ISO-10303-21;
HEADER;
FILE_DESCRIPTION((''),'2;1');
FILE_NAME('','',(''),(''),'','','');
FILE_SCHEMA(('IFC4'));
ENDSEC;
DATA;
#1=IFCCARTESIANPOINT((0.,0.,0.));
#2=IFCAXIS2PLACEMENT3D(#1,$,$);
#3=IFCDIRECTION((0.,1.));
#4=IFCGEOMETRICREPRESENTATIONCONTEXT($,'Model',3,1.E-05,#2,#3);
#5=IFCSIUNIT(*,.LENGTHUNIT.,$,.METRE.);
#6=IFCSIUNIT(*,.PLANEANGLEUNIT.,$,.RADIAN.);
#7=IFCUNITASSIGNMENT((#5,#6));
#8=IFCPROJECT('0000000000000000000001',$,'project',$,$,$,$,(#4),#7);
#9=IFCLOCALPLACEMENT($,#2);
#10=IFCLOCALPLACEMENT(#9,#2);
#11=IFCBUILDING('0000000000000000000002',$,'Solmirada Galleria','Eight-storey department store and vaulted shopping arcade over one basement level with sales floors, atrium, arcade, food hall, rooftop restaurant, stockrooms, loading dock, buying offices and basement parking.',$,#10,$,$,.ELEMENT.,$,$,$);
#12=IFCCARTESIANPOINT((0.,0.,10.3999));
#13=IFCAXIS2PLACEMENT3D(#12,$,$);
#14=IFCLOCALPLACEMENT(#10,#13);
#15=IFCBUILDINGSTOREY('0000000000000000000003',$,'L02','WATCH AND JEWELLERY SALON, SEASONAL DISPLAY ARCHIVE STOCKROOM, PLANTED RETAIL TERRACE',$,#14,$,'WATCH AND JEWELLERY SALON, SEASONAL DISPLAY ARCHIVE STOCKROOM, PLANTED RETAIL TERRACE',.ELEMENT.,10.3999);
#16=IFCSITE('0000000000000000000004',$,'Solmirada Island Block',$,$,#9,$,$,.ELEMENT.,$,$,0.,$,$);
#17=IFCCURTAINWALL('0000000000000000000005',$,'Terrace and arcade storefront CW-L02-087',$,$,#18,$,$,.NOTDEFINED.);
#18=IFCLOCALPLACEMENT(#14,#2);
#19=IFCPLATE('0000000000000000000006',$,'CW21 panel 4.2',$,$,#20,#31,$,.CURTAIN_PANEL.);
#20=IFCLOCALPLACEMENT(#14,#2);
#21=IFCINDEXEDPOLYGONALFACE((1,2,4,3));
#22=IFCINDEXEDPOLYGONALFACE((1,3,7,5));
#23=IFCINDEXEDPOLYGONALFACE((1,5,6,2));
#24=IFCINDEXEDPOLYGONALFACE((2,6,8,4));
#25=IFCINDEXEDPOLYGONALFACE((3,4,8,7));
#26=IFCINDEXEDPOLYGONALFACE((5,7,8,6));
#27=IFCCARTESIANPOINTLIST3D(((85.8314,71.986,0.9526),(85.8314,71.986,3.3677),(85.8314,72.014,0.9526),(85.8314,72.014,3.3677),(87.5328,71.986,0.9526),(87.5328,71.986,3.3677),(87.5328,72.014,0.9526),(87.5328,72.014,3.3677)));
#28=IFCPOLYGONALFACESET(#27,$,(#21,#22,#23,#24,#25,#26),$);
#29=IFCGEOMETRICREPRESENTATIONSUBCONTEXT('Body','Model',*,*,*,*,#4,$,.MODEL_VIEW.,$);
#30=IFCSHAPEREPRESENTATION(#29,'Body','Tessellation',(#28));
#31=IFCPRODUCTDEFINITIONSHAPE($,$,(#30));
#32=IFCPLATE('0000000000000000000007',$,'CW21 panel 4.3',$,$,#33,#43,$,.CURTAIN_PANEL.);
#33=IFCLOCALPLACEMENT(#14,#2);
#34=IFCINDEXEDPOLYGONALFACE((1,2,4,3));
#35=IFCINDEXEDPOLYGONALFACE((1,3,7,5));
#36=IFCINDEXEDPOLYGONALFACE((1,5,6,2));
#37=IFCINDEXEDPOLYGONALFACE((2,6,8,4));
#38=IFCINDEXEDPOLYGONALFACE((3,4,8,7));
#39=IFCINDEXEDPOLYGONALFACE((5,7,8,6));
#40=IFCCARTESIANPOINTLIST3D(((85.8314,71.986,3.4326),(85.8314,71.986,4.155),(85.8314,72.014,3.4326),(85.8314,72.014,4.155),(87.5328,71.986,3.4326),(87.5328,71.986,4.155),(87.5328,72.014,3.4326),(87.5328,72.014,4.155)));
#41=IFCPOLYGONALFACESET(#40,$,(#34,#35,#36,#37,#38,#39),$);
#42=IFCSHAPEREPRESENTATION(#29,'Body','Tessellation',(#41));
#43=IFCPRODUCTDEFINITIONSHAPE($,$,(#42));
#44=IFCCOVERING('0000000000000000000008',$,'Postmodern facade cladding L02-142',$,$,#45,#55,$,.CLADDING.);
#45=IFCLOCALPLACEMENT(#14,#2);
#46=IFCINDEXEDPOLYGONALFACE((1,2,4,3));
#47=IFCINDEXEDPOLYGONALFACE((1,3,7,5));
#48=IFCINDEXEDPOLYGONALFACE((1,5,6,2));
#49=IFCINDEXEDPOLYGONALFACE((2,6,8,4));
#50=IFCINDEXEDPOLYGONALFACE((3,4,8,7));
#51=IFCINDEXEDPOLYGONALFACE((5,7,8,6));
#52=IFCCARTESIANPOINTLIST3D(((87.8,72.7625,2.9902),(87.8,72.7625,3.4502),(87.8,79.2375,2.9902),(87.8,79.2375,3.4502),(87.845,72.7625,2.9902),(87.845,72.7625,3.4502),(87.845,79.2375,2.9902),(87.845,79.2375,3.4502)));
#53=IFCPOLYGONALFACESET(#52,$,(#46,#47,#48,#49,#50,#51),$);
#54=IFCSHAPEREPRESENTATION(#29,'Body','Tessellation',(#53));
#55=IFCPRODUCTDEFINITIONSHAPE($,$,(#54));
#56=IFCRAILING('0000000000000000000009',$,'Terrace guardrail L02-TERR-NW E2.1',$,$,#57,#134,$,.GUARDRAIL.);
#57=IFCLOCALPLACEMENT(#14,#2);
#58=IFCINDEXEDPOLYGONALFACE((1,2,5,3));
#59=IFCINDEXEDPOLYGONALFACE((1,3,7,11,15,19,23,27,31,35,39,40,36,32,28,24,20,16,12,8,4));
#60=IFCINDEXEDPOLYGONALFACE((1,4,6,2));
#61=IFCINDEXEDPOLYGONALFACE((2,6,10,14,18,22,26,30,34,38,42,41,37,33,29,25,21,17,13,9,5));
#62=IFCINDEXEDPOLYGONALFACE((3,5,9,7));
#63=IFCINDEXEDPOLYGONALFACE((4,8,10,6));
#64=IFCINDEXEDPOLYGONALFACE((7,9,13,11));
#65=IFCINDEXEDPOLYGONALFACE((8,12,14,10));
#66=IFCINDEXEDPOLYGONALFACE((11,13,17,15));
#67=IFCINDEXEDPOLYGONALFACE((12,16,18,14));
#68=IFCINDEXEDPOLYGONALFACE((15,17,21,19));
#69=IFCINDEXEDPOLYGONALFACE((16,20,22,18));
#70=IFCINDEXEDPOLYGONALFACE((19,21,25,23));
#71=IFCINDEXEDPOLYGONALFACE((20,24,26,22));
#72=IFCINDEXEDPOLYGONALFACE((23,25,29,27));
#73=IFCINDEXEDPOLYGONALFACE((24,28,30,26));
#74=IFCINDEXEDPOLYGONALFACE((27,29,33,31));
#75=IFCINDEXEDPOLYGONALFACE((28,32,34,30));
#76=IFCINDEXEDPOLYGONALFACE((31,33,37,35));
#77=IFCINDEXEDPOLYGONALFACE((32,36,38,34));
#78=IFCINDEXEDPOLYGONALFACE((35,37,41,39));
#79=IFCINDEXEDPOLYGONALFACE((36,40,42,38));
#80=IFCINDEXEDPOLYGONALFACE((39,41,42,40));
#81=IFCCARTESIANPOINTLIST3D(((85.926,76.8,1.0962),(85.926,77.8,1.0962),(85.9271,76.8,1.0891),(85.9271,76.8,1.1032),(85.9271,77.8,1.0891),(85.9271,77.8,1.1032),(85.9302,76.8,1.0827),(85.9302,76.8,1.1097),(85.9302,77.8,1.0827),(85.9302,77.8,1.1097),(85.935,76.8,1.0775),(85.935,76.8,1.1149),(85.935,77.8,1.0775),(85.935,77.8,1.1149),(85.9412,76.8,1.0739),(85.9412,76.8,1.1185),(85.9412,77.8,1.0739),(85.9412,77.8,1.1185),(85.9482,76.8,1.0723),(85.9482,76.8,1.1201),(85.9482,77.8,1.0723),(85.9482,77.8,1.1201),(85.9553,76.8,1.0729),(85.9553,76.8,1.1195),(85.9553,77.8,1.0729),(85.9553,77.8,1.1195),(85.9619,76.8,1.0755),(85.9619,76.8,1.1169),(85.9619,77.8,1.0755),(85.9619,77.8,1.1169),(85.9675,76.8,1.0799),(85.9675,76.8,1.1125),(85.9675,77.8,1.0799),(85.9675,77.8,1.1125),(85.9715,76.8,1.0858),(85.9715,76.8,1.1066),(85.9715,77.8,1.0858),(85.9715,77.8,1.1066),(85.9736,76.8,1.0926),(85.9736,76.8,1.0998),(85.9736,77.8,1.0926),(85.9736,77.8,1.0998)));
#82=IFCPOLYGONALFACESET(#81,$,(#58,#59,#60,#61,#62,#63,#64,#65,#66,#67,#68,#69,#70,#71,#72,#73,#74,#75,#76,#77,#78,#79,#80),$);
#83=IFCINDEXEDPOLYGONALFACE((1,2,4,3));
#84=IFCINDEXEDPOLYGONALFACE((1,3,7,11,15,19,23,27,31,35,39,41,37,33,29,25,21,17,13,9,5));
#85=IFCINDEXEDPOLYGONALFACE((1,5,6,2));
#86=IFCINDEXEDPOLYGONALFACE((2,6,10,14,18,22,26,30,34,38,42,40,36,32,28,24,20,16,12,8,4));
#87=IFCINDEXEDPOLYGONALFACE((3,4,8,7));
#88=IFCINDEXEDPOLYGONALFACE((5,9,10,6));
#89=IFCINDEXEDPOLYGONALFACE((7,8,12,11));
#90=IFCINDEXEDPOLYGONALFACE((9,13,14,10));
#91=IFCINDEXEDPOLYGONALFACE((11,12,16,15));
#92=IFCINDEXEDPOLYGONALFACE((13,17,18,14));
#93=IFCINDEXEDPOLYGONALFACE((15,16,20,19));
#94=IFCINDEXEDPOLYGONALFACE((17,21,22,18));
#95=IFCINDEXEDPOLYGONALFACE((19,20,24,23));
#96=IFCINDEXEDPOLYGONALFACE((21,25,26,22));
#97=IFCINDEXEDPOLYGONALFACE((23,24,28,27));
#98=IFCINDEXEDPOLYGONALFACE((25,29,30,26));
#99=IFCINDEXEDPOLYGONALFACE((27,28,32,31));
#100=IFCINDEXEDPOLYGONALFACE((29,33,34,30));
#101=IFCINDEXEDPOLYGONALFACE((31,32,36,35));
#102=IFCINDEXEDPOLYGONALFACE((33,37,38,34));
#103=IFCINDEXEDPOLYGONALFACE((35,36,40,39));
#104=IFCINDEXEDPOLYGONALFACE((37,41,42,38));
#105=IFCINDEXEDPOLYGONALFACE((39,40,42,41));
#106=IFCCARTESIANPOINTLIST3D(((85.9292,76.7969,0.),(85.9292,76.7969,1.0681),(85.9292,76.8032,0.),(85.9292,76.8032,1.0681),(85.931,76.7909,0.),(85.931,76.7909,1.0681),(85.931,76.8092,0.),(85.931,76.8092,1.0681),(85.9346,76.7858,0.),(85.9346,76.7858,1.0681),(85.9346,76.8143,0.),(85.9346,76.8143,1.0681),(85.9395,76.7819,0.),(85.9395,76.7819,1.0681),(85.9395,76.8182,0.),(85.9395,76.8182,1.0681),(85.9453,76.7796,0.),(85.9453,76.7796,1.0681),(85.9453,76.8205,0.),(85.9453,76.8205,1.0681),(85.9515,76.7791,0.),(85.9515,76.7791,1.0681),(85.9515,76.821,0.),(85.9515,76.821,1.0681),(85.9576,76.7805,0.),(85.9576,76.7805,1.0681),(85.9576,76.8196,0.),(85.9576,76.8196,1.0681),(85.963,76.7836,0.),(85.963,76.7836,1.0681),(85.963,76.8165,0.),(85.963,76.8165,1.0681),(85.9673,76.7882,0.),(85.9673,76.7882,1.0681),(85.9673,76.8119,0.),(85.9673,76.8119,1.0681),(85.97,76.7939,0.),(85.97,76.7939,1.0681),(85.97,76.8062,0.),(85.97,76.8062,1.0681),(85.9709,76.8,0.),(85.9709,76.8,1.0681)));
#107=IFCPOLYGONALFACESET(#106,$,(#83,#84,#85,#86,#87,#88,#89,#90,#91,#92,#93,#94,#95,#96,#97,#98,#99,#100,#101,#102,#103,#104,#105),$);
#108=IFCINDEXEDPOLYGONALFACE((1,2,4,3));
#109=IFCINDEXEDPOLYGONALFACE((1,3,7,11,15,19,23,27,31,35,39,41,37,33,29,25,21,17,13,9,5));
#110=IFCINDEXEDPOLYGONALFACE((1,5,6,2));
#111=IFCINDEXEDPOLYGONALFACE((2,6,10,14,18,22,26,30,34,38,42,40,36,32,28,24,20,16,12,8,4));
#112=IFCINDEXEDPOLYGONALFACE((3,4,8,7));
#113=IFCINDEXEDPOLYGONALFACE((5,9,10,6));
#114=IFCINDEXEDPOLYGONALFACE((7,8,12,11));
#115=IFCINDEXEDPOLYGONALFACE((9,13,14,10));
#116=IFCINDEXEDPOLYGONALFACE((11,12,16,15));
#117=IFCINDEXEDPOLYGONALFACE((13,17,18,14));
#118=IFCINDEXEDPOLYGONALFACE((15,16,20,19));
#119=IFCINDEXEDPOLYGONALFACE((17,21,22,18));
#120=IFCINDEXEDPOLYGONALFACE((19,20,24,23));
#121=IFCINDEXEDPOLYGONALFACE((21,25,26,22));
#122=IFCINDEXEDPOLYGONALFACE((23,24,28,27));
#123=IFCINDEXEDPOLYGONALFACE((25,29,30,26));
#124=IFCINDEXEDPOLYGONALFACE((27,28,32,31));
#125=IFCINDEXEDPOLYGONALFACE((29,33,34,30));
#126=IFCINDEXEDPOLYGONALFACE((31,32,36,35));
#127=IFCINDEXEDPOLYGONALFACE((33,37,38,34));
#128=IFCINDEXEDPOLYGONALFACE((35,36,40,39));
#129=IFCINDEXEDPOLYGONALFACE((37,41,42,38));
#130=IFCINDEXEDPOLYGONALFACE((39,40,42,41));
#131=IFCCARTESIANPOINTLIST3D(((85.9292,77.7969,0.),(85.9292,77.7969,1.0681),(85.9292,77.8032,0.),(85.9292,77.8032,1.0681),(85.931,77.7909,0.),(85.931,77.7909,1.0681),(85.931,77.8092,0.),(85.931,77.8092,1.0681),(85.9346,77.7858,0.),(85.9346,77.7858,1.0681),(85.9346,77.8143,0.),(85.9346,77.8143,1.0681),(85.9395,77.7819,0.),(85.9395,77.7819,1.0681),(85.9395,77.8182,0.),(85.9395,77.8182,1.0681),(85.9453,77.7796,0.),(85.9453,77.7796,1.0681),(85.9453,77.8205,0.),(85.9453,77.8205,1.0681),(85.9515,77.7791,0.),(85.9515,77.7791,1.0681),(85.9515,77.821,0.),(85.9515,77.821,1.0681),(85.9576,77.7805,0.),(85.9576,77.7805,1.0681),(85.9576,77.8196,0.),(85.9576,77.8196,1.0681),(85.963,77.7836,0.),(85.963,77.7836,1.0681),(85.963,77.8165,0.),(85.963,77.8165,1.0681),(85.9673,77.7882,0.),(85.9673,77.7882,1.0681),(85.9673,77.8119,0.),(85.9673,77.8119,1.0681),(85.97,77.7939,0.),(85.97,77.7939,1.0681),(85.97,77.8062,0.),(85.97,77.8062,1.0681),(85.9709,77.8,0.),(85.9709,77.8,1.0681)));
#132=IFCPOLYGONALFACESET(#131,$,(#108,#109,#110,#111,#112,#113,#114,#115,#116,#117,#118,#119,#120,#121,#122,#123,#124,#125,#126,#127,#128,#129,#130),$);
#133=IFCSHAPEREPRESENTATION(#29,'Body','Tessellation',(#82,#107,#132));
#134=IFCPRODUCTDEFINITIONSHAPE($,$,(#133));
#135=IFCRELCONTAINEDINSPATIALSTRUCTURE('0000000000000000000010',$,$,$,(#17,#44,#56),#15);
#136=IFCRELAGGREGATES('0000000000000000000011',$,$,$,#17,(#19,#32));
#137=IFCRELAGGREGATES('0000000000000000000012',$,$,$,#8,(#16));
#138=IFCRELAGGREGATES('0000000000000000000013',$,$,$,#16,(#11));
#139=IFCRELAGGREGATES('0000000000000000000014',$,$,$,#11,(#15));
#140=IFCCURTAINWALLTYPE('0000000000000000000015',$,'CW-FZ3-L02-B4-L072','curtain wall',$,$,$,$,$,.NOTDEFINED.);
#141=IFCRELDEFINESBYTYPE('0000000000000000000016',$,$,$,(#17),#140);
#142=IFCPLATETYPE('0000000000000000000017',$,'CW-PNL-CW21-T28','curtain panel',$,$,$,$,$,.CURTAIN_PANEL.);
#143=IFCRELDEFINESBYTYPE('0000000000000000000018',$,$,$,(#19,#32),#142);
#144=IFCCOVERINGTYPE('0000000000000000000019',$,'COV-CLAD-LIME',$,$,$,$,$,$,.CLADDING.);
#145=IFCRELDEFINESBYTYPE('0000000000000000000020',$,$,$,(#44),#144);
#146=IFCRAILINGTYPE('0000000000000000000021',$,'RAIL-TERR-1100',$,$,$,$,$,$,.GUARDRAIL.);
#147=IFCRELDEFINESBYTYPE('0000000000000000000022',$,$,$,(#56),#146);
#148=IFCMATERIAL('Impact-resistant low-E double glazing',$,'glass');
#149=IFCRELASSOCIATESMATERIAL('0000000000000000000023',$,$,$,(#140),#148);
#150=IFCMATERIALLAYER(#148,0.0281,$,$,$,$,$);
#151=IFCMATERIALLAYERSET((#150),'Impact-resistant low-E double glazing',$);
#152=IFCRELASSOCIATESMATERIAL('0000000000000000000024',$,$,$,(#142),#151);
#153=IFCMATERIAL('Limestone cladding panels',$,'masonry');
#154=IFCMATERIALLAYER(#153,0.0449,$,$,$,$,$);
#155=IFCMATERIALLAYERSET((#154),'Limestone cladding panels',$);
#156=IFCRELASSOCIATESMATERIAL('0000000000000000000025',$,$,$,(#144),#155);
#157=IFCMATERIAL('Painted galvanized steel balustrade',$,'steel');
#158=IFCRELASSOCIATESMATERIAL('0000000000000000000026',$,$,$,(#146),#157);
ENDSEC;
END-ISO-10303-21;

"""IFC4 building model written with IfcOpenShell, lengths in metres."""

from ifc_helpers import new_model, si_unit, direction, frame, origin, origin_2d, place, context, subcontext, project, spatial, rectangle, circle, extrude, material, layer, layer_set, type_object, element, aggregate, save


model = new_model("IFC4")

# Units and contexts
model_context = context("Model", 3, precision=1e-05, world=origin(), true_north=direction((0.0, 1.0)))
body_context = subcontext(model_context, "Body", "Model", "MODEL_VIEW")
ifc_project = project(units=[si_unit("LENGTHUNIT", "METRE"), si_unit("PLANEANGLEUNIT", "RADIAN")], contexts=[model_context])

# Site, building, storey
site_placement = place(None, origin())
site = spatial("IfcSite", under=ifc_project, at=site_placement, Name="Solmirada Island Block", CompositionType="ELEMENT", RefElevation=0.0)
building_placement = place(site_placement, origin())
building = spatial("IfcBuilding", under=site, at=building_placement, Name="Solmirada Galleria", Description="Eight-storey department store and vaulted shopping arcade over one basement level with sales floors, atrium, arcade, food hall, rooftop restaurant, stockrooms, loading dock, buying offices and basement parking.", CompositionType="ELEMENT")
storey_placement = place(building_placement, frame((0.0, 0.0, 10.3999)))
storey = spatial("IfcBuildingStorey", under=building, at=storey_placement, Name="L02", Description="WATCH AND JEWELLERY SALON, SEASONAL DISPLAY ARCHIVE STOCKROOM, PLANTED RETAIL TERRACE", LongName="WATCH AND JEWELLERY SALON, SEASONAL DISPLAY ARCHIVE STOCKROOM, PLANTED RETAIL TERRACE", CompositionType="ELEMENT", Elevation=10.3999)

# Curtain wall, plates
ifc_material_1 = material(Name="Impact-resistant low-E double glazing", Category="glass")
curtain_wall_type = type_object("IfcCurtainWallType", Name="CW-FZ3-L02-B4-L072", Description="curtain wall", PredefinedType="NOTDEFINED", material=ifc_material_1)
curtain_wall_placement = place(storey_placement, origin())
curtain_wall = element("IfcCurtainWall", 1, at=curtain_wall_placement, inside=storey, type_object=curtain_wall_type, Name="Terrace and arcade storefront CW-L02-087", PredefinedType="NOTDEFINED")
ifc_layer_1 = layer(ifc_material_1, 0.0281)
ifc_layer_set_1 = layer_set([ifc_layer_1], Name="Impact-resistant low-E double glazing")
plate_type = type_object("IfcPlateType", Name="CW-PNL-CW21-T28", Description="curtain panel", PredefinedType="CURTAIN_PANEL", material=ifc_layer_set_1)
plate_1_placement = place(storey_placement, frame((86.6821, 72.0, 0.9526), z_axis=(0.0, 0.0, 1.0), x_axis=(1.0, 0.0, 0.0)))
plate_1 = element("IfcPlate", 2, at=plate_1_placement, type_object=plate_type, Name="CW21 panel 4.2", PredefinedType="CURTAIN_PANEL", context=body_context, shape_type="SweptSolid", body=[
    extrude(rectangle(XDim=1.7014, YDim=0.0281, at=origin_2d()), origin(), (0.0, 0.0, 1.0), 2.415),
])
plate_2_placement = place(storey_placement, frame((86.6821, 72.0, 3.4326), z_axis=(0.0, 0.0, 1.0), x_axis=(1.0, 0.0, 0.0)))
plate_2 = element("IfcPlate", 3, at=plate_2_placement, type_object=plate_type, Name="CW21 panel 4.3", PredefinedType="CURTAIN_PANEL", context=body_context, shape_type="SweptSolid", body=[
    extrude(rectangle(XDim=1.7014, YDim=0.0281, at=origin_2d()), origin(), (0.0, 0.0, 1.0), 0.7224),
])
aggregate(curtain_wall, [plate_1, plate_2])

# Covering
ifc_material_2 = material(Name="Limestone cladding panels", Category="masonry")
ifc_layer_2 = layer(ifc_material_2, 0.0449)
ifc_layer_set_2 = layer_set([ifc_layer_2], Name="Limestone cladding panels")
covering_type = type_object("IfcCoveringType", Name="COV-CLAD-LIME", PredefinedType="CLADDING", material=ifc_layer_set_2)
covering_placement = place(storey_placement, frame((87.8225, 76.0, 2.9902), z_axis=(0.0, 0.0, 1.0), x_axis=(0.0, 1.0, 0.0)))
element("IfcCovering", 4, at=covering_placement, inside=storey, type_object=covering_type, Name="Postmodern facade cladding L02-142", PredefinedType="CLADDING", context=body_context, shape_type="SweptSolid", body=[
    extrude(rectangle(XDim=6.4751, YDim=0.0449, at=origin_2d()), origin(), (0.0, 0.0, 1.0), 0.46),
])

# Railing
ifc_material_3 = material(Name="Painted galvanized steel balustrade", Category="steel")
railing_type = type_object("IfcRailingType", Name="RAIL-TERR-1100", PredefinedType="GUARDRAIL", material=ifc_material_3)
railing_1_placement = place(storey_placement, frame((85.95, 76.8, 0.0)))
element("IfcRailing", 5, at=railing_1_placement, inside=storey, type_object=railing_type, Name="Terrace guardrail L02-TERR-NW E2.1", PredefinedType="GUARDRAIL", context=body_context, shape_type="SweptSolid", body=[
    extrude(circle(Radius=0.0239, at=origin_2d()), frame((0.0, 0.0, 1.0962), z_axis=(0.0, 1.0, 0.0), x_axis=(-1.0, 0.0, 0.0)), (0.0, 0.0, 1.0), 1.0),
    extrude(circle(Radius=0.021, at=origin_2d()), origin(), (0.0, 0.0, 1.0), 1.0681),
    extrude(circle(Radius=0.021, at=origin_2d()), frame((0.0, 1.0, 0.0)), (0.0, 0.0, 1.0), 1.0681),
])

save(model, "model.ifc")
